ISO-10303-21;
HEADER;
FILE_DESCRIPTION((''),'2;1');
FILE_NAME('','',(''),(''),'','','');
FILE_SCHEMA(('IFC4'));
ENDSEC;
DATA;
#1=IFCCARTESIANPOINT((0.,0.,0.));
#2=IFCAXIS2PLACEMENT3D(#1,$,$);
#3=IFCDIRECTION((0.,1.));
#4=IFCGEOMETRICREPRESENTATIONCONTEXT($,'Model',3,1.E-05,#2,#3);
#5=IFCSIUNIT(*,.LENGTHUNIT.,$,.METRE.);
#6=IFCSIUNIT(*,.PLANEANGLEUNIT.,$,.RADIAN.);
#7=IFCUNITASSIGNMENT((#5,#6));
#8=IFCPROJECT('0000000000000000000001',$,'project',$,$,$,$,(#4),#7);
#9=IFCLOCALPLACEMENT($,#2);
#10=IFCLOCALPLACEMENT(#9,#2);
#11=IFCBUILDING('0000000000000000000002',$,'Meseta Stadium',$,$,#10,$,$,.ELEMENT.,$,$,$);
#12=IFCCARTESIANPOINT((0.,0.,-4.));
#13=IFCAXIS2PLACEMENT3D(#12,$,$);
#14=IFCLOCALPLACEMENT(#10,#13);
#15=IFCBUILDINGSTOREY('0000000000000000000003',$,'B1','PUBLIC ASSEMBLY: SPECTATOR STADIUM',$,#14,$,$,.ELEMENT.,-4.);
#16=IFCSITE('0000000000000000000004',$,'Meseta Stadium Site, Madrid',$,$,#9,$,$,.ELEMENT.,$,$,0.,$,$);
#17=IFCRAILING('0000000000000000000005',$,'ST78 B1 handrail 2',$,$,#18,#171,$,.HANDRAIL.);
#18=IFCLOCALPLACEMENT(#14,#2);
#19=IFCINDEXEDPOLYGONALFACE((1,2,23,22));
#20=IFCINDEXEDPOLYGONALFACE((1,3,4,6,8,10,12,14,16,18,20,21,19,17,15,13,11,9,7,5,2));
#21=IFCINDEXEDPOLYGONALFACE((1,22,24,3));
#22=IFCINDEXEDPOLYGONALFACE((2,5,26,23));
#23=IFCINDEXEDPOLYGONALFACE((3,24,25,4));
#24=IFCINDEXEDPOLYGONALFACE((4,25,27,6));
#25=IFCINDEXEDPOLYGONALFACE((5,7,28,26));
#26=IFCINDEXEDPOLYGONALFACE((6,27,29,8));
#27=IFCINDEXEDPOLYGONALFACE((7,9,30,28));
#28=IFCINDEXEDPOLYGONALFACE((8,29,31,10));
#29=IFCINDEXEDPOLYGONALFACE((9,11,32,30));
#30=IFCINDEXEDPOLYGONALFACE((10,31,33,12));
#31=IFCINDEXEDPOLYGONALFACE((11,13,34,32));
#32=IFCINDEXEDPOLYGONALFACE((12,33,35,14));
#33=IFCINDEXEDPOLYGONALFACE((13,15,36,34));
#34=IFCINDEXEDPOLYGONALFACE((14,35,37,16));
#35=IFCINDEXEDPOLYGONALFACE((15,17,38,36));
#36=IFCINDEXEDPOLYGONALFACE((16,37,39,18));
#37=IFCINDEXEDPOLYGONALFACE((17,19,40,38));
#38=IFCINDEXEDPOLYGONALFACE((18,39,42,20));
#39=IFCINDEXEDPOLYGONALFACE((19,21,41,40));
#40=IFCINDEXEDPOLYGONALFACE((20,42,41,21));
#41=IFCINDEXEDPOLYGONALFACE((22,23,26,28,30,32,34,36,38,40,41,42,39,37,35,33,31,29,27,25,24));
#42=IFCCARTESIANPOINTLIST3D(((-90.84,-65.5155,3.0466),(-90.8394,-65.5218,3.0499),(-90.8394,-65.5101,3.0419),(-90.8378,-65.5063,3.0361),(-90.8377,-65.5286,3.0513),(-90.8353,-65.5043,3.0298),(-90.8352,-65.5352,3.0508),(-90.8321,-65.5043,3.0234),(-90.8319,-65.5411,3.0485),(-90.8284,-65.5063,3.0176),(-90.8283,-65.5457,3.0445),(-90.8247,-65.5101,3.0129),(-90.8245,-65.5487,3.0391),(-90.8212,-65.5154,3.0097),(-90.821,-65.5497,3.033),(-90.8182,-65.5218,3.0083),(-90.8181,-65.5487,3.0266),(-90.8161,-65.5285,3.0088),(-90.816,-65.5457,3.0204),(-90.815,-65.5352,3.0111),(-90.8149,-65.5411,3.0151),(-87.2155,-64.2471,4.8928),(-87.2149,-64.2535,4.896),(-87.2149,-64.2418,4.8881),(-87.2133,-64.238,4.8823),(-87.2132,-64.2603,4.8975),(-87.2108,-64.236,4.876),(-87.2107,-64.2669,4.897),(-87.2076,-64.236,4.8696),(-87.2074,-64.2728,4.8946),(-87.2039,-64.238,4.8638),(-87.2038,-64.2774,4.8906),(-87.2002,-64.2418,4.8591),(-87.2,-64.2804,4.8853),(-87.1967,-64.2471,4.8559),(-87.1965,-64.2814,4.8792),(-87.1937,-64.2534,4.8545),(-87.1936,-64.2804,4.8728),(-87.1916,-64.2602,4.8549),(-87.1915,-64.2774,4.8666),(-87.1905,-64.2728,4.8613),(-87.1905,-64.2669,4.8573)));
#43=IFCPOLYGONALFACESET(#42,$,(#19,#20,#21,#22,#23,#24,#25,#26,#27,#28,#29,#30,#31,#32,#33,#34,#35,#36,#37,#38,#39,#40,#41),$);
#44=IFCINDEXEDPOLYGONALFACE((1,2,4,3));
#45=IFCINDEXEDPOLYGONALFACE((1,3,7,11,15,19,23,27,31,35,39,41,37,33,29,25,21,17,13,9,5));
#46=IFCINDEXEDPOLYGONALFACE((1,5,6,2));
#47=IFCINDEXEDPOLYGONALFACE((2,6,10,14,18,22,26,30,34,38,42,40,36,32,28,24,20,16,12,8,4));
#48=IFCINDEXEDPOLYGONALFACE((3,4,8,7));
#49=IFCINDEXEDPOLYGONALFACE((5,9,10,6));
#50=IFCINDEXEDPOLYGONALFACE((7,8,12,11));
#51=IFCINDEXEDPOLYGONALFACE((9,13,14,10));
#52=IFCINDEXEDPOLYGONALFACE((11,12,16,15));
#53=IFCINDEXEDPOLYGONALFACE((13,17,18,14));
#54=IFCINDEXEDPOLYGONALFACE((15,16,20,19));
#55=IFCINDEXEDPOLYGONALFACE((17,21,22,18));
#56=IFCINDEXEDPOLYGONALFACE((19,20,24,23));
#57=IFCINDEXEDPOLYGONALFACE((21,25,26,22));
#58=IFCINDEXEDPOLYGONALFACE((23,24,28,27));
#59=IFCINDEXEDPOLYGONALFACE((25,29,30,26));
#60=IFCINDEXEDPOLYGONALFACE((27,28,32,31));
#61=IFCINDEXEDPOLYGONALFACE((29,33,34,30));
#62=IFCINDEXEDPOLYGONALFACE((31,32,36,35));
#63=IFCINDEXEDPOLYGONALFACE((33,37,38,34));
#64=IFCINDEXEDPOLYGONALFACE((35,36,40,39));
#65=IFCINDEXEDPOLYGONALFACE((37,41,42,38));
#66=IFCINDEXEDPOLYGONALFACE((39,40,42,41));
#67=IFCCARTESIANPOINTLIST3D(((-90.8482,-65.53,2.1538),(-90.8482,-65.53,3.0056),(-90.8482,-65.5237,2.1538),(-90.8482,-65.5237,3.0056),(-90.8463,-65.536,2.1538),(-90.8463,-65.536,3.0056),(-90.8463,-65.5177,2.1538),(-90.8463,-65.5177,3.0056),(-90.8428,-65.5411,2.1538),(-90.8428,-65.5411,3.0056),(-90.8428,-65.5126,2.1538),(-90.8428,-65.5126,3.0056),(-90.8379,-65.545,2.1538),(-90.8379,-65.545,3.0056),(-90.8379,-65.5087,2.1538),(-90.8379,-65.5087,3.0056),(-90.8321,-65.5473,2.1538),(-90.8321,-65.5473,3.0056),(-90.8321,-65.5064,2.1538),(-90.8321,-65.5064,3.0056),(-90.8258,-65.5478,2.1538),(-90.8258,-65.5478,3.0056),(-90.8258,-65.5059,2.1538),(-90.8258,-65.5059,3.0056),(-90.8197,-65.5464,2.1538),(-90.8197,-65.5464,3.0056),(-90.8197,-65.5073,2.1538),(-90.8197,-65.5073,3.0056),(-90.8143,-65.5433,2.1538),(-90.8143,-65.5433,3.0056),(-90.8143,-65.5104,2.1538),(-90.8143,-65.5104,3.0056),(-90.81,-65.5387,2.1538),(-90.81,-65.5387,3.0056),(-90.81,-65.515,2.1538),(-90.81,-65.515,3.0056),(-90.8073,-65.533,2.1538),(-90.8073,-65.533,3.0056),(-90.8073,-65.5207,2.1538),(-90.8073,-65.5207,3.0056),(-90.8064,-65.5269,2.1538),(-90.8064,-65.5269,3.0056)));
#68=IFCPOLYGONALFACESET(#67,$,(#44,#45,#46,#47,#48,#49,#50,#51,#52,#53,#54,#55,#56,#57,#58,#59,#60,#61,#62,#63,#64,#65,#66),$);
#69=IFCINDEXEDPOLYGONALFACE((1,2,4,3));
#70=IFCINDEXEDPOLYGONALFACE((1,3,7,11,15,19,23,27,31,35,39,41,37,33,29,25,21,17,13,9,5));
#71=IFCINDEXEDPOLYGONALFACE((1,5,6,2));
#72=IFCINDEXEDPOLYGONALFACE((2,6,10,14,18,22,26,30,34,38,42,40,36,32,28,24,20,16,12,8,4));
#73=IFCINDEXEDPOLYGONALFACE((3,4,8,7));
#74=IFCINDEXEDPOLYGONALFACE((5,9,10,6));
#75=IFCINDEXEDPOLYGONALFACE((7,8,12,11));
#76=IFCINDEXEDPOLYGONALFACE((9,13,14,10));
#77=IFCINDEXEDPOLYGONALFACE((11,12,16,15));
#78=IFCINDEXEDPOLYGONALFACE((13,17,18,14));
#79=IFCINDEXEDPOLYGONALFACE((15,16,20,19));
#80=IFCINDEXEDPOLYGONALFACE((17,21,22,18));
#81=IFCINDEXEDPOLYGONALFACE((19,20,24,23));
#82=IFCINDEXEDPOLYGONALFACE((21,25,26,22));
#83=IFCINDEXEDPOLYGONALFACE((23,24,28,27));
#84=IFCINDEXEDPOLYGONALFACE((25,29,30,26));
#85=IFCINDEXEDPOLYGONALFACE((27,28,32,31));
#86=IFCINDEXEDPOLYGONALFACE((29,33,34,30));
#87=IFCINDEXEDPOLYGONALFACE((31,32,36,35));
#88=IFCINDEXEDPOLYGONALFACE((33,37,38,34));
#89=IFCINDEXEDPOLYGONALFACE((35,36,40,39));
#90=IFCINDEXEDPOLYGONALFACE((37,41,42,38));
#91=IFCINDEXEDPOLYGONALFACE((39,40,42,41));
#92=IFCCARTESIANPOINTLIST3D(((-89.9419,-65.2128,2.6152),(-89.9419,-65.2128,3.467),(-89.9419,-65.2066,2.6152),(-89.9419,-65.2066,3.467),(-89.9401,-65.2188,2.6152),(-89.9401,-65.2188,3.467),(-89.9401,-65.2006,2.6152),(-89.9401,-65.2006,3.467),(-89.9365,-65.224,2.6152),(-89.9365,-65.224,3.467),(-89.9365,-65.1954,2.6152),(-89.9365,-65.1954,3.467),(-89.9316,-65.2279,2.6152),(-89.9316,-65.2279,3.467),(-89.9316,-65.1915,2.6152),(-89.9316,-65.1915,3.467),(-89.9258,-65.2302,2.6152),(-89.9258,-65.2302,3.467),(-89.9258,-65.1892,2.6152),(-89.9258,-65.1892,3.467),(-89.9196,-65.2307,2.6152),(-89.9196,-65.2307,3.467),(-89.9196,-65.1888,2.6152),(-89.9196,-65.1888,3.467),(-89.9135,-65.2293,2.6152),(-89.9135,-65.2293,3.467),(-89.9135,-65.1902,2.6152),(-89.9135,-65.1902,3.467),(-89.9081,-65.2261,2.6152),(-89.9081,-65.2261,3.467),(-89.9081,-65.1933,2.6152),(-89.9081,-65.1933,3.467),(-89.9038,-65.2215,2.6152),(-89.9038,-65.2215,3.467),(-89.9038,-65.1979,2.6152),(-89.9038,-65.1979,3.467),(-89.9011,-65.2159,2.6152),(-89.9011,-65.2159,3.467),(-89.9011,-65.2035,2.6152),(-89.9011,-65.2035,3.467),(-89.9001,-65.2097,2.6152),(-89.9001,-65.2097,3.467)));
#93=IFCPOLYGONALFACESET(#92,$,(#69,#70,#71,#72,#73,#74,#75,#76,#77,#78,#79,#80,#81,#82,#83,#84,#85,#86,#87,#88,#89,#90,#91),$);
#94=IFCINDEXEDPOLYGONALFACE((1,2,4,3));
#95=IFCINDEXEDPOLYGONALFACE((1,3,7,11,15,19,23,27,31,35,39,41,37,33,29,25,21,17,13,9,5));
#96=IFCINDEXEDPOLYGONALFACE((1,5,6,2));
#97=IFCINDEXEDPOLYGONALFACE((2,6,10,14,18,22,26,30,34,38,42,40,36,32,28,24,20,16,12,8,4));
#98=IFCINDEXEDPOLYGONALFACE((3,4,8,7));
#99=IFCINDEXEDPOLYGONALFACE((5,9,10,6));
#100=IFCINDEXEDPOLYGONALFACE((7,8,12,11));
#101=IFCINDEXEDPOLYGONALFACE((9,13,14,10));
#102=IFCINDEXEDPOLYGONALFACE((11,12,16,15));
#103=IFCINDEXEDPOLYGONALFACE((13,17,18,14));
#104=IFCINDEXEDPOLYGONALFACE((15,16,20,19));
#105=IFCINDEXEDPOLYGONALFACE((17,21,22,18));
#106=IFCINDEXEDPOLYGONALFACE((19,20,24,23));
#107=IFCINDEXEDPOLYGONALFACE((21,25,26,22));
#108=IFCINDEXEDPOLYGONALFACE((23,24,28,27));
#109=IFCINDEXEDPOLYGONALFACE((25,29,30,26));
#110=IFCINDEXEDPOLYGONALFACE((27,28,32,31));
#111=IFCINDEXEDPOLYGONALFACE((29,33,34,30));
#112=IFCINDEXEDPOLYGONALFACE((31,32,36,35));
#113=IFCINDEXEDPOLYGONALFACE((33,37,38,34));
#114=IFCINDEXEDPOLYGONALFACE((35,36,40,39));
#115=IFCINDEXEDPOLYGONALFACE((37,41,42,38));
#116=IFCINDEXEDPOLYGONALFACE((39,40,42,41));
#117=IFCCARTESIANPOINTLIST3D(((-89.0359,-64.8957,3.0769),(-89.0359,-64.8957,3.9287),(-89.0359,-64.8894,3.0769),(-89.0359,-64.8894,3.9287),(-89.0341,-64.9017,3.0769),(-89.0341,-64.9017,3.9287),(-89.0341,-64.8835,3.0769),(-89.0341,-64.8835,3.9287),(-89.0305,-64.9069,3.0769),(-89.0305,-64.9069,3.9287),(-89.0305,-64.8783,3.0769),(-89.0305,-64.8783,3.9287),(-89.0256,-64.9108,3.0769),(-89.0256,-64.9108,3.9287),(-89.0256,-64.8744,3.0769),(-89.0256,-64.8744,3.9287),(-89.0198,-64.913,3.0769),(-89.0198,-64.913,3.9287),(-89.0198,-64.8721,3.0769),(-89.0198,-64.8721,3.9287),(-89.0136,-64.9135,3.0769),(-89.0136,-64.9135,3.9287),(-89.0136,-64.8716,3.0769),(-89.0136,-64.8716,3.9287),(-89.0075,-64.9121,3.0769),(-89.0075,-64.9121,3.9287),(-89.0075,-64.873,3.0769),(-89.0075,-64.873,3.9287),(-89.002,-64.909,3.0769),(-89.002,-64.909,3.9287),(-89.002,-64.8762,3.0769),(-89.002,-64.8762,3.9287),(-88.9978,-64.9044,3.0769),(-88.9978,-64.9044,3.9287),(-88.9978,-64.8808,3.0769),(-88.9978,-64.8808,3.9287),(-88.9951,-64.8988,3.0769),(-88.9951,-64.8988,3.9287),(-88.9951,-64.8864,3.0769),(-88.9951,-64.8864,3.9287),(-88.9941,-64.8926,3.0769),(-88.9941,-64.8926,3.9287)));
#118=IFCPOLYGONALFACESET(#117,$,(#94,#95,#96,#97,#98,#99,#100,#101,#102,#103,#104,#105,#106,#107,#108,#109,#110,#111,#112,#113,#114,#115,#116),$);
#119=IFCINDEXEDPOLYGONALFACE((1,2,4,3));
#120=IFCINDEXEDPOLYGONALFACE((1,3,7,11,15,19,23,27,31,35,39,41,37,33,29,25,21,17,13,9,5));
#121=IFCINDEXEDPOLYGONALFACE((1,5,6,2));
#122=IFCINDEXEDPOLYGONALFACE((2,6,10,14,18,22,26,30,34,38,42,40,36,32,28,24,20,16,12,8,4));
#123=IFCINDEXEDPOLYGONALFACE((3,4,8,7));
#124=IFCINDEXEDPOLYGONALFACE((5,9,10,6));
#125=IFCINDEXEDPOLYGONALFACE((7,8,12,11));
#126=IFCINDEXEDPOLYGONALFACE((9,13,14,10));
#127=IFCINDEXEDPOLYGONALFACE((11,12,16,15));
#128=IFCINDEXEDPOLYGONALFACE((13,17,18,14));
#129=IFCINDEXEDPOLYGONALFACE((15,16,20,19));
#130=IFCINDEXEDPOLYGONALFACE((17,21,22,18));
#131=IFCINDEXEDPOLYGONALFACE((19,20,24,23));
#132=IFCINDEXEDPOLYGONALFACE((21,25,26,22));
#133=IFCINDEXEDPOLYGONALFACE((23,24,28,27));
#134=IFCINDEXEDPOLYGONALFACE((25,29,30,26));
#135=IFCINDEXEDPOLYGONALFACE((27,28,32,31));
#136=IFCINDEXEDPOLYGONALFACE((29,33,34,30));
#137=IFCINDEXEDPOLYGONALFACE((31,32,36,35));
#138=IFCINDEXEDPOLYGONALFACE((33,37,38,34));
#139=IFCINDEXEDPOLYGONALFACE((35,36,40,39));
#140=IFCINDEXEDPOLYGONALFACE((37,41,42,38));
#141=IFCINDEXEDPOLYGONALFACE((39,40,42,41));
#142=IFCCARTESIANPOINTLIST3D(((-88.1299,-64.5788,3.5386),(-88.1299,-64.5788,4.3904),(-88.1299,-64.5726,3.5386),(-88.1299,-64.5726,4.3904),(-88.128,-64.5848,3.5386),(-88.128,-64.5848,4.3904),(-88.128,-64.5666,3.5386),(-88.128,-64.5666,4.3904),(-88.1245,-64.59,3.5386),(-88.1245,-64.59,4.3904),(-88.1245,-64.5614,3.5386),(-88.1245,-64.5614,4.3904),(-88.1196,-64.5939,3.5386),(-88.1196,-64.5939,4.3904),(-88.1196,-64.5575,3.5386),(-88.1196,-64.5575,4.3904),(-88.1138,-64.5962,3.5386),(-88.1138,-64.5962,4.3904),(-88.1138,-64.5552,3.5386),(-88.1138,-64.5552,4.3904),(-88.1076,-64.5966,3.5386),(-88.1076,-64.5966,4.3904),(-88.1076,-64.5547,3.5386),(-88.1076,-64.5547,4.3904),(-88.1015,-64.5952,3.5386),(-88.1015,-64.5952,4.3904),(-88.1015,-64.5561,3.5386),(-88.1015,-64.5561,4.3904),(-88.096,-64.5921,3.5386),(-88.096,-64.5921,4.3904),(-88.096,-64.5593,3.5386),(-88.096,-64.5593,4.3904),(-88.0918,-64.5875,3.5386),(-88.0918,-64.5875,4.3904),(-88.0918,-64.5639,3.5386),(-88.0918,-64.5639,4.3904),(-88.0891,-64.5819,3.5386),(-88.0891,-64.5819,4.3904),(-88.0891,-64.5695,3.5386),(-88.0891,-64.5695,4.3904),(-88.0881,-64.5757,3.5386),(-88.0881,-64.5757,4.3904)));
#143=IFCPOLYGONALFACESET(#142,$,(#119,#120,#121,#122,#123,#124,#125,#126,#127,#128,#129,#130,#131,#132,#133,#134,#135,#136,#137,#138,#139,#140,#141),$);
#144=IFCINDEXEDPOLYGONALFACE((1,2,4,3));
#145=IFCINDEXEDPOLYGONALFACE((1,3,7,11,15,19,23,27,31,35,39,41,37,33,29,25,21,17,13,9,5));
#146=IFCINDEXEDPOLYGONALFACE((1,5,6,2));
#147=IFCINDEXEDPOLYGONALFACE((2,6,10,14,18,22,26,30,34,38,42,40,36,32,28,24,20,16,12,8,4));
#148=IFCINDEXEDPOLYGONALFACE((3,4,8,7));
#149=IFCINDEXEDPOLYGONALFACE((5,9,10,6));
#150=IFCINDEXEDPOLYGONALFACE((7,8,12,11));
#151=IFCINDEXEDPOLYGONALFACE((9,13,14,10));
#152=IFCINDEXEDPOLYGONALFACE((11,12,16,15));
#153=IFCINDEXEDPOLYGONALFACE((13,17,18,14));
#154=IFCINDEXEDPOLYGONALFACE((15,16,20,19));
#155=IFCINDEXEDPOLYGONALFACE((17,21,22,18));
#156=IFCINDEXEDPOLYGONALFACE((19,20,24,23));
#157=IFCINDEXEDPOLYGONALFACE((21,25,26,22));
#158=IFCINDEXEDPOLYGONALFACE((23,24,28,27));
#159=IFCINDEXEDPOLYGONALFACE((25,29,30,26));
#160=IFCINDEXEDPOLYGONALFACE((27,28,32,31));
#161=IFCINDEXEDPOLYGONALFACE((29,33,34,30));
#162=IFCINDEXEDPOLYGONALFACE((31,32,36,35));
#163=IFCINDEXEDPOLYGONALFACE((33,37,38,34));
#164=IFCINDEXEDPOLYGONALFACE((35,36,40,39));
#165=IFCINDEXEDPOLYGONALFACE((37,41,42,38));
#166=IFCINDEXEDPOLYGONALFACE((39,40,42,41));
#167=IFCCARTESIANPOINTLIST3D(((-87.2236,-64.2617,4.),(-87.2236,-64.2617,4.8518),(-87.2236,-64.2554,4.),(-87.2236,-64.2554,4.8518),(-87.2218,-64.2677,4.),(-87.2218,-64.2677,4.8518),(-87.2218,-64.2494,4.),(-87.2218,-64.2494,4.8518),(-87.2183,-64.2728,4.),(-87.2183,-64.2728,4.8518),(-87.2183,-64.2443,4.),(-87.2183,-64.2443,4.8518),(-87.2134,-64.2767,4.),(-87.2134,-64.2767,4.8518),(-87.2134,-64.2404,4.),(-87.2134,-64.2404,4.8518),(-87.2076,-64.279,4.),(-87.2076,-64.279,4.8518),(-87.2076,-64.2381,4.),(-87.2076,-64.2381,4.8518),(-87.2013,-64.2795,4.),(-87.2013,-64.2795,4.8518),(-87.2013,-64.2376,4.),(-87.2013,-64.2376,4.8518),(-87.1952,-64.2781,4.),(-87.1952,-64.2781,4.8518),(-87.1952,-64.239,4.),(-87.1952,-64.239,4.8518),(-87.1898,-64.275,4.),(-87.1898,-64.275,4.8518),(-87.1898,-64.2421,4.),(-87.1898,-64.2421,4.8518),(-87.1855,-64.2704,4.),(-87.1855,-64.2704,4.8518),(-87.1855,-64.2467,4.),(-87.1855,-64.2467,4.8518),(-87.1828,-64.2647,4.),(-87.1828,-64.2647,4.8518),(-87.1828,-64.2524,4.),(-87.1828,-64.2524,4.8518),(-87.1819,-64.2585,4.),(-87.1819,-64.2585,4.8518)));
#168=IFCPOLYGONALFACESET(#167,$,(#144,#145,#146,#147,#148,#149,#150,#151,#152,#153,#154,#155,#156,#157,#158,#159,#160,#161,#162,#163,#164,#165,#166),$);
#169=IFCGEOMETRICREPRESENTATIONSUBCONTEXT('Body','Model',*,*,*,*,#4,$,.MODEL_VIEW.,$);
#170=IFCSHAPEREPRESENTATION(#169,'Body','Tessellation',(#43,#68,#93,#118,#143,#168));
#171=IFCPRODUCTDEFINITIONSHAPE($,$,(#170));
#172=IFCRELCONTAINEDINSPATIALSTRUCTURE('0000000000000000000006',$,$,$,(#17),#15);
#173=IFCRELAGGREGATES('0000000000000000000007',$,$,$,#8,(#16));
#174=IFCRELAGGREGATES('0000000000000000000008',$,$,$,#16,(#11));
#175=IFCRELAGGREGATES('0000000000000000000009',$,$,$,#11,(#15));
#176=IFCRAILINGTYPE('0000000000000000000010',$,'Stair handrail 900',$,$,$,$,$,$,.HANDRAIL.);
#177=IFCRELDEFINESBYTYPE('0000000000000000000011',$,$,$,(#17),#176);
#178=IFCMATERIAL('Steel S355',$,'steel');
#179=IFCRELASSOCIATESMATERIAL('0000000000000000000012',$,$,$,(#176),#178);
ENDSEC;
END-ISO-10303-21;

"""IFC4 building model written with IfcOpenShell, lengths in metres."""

from ifc_helpers import new_model, si_unit, direction, frame, origin, origin_2d, place, context, subcontext, project, spatial, circle, extrude, material, type_object, element, save


model = new_model("IFC4")

# Units and contexts
model_context = context("Model", 3, precision=1e-05, world=origin(), true_north=direction((0.0, 1.0)))
body_context = subcontext(model_context, "Body", "Model", "MODEL_VIEW")
ifc_project = project(units=[si_unit("LENGTHUNIT", "METRE"), si_unit("PLANEANGLEUNIT", "RADIAN")], contexts=[model_context])

# Site, building, storey
site_placement = place(None, origin())
site = spatial("IfcSite", under=ifc_project, at=site_placement, Name="Meseta Stadium Site, Madrid", CompositionType="ELEMENT", RefElevation=0.0)
building_placement = place(site_placement, origin())
building = spatial("IfcBuilding", under=site, at=building_placement, Name="Meseta Stadium", CompositionType="ELEMENT")
storey_placement = place(building_placement, frame((0.0, 0.0, -4.0)))
storey = spatial("IfcBuildingStorey", under=building, at=storey_placement, Name="B1", Description="PUBLIC ASSEMBLY: SPECTATOR STADIUM", CompositionType="ELEMENT", Elevation=-4.0)

# Railing
ifc_material_1 = material(Name="Steel S355", Category="steel")
railing_type_1 = type_object("IfcRailingType", Name="Stair handrail 900", PredefinedType="HANDRAIL", material=ifc_material_1)
railing_1_placement = place(storey_placement, frame((-90.8274, -65.5269, 2.1538)))
element("IfcRailing", 1, at=railing_1_placement, inside=storey, type_object=railing_type_1, Name="ST78 B1 handrail 2", PredefinedType="HANDRAIL", context=body_context, shape_type="SweptSolid", body=[
    extrude(circle(Radius=0.0239, at=origin_2d()), frame((0.0, 0.0, 0.876), z_axis=(0.850672, 0.297672, 0.4333), x_axis=(-0.330288, 0.94388, 0.0)), (0.0, 0.0, 1.0), 4.2607),
    extrude(circle(Radius=0.021, at=origin_2d()), origin(), (0.0, 0.0, 1.0), 0.8518),
    extrude(circle(Radius=0.021, at=origin_2d()), frame((0.9062, 0.3171, 0.4614)), (0.0, 0.0, 1.0), 0.8518),
    extrude(circle(Radius=0.021, at=origin_2d()), frame((1.8123, 0.6343, 0.9231)), (0.0, 0.0, 1.0), 0.8518),
    extrude(circle(Radius=0.021, at=origin_2d()), frame((2.7183, 0.9512, 1.3848)), (0.0, 0.0, 1.0), 0.8518),
    extrude(circle(Radius=0.021, at=origin_2d()), frame((3.6245, 1.2683, 1.8462)), (0.0, 0.0, 1.0), 0.8518),
])

save(model, "model.ifc")
